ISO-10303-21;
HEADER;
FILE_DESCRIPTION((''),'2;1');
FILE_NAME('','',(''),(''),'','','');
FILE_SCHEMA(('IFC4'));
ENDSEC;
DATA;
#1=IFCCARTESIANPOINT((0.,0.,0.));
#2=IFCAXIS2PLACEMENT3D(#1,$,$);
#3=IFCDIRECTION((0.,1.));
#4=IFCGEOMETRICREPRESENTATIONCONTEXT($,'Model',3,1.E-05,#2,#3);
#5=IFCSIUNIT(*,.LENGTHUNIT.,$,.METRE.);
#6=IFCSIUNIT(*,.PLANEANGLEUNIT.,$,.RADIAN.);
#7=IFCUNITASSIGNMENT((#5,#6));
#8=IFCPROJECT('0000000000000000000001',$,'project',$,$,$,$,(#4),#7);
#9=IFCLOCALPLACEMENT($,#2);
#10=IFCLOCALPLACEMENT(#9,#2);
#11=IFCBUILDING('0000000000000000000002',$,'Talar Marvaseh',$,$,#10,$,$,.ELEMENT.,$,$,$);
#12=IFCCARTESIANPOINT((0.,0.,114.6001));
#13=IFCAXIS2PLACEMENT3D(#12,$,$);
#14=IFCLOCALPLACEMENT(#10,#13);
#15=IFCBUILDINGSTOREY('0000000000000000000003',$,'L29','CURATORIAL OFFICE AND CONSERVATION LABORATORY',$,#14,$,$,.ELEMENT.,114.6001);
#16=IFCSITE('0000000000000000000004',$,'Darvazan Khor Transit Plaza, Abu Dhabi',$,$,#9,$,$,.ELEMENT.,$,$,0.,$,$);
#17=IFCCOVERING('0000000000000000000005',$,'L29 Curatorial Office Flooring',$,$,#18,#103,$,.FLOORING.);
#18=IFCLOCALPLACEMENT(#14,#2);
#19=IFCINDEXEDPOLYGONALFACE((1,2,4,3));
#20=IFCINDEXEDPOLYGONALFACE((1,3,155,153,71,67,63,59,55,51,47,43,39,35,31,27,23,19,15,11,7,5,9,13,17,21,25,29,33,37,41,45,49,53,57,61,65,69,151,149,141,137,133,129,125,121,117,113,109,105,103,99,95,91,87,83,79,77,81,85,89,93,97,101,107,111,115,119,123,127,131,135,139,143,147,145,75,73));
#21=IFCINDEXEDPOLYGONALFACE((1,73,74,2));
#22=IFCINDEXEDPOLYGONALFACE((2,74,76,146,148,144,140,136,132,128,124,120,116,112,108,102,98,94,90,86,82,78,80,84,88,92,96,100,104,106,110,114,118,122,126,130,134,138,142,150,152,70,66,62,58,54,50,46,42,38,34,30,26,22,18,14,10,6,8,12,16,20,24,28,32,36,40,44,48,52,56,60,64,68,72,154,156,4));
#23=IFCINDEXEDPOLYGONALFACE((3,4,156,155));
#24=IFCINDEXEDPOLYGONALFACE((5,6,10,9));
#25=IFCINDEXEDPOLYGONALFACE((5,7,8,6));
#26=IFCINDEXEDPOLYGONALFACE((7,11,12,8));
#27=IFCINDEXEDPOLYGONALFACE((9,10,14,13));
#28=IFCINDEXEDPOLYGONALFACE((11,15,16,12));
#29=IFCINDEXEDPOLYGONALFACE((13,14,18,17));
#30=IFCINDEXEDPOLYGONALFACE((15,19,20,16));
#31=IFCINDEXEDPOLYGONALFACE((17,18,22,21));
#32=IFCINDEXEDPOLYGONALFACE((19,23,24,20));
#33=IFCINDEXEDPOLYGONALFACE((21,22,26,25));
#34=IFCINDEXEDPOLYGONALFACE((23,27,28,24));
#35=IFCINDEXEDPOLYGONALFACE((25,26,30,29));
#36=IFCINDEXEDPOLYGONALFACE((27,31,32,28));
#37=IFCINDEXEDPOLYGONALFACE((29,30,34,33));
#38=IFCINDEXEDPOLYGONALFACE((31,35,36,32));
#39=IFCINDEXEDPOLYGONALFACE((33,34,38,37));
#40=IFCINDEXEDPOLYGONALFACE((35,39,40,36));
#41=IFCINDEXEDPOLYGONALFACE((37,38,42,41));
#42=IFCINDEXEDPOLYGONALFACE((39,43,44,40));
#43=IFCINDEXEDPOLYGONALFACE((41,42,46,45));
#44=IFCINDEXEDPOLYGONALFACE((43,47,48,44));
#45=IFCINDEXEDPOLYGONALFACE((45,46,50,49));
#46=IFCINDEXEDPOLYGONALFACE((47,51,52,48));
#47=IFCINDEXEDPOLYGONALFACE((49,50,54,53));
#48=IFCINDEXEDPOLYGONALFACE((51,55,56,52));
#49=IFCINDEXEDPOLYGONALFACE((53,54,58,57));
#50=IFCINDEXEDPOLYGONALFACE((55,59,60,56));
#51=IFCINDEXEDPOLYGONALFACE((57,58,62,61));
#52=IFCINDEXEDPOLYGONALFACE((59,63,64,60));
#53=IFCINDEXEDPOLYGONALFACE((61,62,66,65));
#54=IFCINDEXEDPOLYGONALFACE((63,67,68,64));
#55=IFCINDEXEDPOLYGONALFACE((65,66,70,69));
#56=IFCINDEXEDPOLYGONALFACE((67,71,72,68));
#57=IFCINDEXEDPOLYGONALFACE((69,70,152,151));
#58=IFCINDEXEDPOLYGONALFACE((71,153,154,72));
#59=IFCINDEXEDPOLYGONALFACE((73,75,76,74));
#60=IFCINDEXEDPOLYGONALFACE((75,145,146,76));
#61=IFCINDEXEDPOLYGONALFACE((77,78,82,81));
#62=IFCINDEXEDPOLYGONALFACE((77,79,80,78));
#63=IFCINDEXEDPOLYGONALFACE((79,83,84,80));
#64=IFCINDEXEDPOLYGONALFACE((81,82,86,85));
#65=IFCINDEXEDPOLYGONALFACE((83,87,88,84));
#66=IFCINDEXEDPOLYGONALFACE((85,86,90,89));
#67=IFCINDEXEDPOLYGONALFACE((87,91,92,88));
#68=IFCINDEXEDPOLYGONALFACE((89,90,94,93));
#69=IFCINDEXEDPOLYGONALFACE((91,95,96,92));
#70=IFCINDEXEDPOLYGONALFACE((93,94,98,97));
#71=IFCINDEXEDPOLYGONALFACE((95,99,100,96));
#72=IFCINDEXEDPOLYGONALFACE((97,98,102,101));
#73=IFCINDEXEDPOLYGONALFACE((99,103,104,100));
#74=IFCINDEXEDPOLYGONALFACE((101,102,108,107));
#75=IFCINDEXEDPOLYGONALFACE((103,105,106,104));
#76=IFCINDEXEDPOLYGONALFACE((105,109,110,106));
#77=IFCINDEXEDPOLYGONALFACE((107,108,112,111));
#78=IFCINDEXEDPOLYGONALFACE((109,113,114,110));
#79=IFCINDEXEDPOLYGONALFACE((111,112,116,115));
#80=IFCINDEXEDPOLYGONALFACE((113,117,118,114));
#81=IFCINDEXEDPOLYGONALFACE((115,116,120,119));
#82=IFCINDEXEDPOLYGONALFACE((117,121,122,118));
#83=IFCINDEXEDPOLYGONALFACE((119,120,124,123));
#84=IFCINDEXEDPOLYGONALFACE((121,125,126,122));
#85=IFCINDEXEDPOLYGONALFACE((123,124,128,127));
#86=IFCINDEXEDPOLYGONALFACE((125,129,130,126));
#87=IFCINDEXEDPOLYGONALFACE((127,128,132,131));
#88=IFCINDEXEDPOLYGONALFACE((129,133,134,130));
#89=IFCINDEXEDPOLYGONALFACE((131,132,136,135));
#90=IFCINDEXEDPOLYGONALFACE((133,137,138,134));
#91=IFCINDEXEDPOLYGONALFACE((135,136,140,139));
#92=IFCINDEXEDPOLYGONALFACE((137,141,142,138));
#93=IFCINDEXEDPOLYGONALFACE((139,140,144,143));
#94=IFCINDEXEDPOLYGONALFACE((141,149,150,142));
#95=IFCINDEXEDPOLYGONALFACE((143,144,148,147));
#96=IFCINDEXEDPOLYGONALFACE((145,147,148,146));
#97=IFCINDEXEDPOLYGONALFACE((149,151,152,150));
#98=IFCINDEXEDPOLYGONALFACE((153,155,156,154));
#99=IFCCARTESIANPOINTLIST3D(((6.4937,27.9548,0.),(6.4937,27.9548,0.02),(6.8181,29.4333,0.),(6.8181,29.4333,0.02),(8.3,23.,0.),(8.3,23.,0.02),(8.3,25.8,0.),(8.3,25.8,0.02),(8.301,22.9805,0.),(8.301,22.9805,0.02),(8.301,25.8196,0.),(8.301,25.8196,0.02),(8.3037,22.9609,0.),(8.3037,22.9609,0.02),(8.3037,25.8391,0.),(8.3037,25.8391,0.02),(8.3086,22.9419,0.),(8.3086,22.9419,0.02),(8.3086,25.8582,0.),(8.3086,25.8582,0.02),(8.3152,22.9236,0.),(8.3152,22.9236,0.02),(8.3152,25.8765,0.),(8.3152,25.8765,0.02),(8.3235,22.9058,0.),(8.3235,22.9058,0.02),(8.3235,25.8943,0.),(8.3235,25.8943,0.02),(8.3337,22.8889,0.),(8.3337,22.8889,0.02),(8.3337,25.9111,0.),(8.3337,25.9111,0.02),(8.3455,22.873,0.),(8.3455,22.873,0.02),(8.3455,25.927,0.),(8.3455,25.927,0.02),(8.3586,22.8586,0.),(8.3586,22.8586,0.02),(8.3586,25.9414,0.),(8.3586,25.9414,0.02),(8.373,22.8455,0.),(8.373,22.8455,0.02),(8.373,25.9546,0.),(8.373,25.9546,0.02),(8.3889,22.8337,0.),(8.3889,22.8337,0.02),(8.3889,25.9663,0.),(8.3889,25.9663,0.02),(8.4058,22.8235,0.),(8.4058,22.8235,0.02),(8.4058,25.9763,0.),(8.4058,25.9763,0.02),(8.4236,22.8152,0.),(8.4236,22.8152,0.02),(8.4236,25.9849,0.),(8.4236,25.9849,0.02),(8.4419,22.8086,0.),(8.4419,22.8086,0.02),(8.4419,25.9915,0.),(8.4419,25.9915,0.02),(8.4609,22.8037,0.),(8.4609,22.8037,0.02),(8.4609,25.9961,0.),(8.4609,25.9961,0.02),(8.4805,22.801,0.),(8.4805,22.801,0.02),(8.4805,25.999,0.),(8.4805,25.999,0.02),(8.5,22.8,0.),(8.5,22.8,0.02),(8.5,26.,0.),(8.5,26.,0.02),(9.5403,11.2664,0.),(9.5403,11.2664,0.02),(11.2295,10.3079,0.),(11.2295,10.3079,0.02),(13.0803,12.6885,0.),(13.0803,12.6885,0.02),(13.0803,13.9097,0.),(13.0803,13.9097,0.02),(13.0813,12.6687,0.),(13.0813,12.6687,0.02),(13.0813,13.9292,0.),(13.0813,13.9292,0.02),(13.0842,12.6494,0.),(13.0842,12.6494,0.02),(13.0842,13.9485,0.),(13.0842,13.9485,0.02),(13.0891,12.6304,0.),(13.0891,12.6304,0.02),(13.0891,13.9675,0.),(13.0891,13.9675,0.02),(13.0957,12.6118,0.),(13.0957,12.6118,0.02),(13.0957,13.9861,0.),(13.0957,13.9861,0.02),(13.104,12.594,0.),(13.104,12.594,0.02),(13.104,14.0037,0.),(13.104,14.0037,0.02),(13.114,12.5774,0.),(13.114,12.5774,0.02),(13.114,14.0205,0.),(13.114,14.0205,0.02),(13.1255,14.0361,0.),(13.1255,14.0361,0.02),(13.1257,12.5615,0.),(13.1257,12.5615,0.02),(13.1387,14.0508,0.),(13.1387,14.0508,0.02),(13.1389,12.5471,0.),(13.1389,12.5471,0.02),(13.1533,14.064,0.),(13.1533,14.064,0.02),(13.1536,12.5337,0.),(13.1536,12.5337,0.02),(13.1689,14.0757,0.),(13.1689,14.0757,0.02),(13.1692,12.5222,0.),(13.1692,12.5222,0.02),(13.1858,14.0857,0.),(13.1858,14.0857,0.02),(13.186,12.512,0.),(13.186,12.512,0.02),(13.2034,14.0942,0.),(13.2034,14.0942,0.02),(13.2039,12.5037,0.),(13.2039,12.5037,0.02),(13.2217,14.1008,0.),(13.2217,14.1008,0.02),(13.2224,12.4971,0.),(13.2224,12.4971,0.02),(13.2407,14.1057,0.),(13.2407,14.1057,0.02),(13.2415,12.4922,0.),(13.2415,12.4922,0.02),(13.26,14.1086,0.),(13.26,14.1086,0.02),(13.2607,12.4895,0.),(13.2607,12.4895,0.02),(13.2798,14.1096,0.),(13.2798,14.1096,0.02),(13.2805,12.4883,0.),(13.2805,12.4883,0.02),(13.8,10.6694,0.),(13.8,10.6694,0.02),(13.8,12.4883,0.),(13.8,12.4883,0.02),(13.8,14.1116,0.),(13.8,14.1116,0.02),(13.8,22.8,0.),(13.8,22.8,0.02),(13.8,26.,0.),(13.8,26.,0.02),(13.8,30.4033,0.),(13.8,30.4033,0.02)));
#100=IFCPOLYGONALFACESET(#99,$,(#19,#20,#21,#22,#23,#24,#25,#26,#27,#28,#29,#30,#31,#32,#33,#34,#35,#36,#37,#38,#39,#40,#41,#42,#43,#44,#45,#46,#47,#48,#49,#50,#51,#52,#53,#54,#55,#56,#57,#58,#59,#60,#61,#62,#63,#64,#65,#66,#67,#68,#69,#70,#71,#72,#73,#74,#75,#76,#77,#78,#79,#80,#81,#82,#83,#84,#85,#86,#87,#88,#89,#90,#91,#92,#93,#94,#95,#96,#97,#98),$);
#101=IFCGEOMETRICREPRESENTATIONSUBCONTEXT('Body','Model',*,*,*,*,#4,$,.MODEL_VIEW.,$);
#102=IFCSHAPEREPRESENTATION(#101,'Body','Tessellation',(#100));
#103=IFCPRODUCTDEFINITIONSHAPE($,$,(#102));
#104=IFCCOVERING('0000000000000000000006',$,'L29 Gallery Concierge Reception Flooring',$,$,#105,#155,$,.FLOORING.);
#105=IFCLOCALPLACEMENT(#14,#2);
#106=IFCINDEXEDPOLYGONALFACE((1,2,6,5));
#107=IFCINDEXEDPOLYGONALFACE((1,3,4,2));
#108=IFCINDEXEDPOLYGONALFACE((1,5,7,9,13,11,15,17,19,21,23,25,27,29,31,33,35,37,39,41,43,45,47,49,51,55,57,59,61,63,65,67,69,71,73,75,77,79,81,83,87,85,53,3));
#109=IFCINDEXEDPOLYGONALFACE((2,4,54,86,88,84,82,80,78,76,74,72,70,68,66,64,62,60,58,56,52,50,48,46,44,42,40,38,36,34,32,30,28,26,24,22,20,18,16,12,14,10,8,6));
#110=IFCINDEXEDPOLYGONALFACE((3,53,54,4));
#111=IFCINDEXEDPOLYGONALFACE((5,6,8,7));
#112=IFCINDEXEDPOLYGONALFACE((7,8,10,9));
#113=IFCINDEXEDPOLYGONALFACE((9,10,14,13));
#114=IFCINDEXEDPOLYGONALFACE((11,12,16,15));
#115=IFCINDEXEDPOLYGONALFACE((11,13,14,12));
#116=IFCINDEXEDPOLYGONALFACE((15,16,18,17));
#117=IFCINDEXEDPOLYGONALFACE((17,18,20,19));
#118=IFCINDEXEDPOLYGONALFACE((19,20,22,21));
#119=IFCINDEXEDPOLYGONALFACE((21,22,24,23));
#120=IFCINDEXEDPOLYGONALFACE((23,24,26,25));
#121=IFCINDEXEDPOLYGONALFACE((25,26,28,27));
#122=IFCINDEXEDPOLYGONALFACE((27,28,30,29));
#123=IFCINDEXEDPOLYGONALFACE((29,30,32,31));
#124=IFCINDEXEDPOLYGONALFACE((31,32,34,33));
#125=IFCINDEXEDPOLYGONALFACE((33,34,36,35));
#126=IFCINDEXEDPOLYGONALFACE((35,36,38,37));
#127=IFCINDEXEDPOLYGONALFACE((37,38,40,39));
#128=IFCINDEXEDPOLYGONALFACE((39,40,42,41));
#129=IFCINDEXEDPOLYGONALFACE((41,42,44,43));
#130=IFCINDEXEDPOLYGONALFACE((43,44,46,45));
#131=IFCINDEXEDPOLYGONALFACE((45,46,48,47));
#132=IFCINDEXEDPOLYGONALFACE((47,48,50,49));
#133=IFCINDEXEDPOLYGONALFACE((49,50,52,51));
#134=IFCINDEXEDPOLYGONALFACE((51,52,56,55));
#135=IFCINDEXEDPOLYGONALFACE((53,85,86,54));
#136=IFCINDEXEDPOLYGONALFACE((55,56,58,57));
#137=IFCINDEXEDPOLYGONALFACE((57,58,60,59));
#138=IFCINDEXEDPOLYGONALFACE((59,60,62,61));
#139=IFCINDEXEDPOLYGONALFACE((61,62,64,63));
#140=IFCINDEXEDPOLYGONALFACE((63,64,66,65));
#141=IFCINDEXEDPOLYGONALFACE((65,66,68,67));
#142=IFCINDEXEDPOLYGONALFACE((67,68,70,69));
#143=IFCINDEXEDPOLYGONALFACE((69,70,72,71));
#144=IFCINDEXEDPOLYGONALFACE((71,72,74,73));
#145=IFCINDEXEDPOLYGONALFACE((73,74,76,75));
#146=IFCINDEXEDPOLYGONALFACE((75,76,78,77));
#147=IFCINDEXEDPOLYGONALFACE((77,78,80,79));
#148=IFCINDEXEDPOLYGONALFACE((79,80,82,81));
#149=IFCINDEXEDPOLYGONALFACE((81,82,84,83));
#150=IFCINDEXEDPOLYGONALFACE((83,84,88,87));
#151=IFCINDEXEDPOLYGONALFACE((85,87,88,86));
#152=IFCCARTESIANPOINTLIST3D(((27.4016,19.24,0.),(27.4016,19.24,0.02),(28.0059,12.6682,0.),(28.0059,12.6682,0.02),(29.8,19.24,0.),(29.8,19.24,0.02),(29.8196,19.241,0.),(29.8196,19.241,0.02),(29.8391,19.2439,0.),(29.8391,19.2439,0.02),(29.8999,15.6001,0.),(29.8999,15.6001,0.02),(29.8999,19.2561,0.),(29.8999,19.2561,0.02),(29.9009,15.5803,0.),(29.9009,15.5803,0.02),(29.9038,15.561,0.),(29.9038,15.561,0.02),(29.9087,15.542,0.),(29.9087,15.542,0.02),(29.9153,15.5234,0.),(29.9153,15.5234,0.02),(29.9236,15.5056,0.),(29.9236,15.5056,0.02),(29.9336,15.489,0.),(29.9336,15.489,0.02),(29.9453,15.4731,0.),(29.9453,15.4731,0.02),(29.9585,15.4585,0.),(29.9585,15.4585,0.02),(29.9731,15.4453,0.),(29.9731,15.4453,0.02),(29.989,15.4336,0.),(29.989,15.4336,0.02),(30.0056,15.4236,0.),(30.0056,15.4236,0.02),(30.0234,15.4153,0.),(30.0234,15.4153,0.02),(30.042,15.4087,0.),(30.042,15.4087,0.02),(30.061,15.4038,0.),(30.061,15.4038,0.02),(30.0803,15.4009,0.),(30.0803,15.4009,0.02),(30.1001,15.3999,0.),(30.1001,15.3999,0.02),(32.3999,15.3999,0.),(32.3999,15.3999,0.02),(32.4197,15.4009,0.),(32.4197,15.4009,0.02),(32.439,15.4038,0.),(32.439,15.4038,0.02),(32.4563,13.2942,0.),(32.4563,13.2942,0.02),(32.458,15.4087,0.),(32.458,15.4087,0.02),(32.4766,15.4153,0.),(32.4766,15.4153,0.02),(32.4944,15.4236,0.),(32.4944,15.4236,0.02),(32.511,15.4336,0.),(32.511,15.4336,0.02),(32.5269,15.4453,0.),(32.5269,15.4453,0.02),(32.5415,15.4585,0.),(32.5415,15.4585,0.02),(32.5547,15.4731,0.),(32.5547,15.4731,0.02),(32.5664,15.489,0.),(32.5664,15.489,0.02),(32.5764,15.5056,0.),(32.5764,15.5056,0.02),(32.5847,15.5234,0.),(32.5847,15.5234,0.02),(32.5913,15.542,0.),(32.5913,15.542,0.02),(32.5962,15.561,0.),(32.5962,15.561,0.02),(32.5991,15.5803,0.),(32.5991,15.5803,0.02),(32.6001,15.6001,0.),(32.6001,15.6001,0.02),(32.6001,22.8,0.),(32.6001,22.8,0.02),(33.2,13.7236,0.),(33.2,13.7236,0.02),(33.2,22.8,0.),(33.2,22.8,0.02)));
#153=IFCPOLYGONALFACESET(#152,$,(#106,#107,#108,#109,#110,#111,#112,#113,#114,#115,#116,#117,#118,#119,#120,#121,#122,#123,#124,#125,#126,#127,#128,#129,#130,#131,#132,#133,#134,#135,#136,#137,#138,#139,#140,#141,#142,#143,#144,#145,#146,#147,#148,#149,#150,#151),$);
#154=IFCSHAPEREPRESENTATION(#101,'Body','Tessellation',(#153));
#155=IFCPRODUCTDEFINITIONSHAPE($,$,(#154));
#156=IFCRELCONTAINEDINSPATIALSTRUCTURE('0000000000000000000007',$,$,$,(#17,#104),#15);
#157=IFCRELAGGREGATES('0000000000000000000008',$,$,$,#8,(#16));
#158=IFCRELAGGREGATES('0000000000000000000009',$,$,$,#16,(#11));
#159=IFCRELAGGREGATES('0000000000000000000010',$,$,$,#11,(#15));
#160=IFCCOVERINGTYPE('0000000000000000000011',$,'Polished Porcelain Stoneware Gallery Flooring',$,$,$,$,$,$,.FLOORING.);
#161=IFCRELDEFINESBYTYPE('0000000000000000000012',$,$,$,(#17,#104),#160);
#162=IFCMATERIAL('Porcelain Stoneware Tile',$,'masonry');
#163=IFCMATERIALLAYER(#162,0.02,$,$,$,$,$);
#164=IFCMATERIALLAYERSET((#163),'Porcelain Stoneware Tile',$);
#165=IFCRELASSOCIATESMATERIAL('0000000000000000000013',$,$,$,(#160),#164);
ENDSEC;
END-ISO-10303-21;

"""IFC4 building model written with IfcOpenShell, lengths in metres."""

from ifc_helpers import new_model, si_unit, direction, frame, origin, place, context, subcontext, project, spatial, polyline, outline, extrude, material, layer, layer_set, type_object, element, save


model = new_model("IFC4")

# Units and contexts
model_context = context("Model", 3, precision=1e-05, world=origin(), true_north=direction((0.0, 1.0)))
body_context = subcontext(model_context, "Body", "Model", "MODEL_VIEW")
ifc_project = project(units=[si_unit("LENGTHUNIT", "METRE"), si_unit("PLANEANGLEUNIT", "RADIAN")], contexts=[model_context])

# Site, building, storey
site_placement = place(None, origin())
site = spatial("IfcSite", under=ifc_project, at=site_placement, Name="Darvazan Khor Transit Plaza, Abu Dhabi", CompositionType="ELEMENT", RefElevation=0.0)
building_placement = place(site_placement, origin())
building = spatial("IfcBuilding", under=site, at=building_placement, Name="Talar Marvaseh", CompositionType="ELEMENT")
storey_placement = place(building_placement, frame((0.0, 0.0, 114.6001)))
storey = spatial("IfcBuildingStorey", under=building, at=storey_placement, Name="L29", Description="CURATORIAL OFFICE AND CONSERVATION LABORATORY", CompositionType="ELEMENT", Elevation=114.6001)

# Coverings
ifc_material_1 = material(Name="Porcelain Stoneware Tile", Category="masonry")
ifc_layer_1 = layer(ifc_material_1, 0.02)
ifc_layer_set_1 = layer_set([ifc_layer_1], Name="Porcelain Stoneware Tile")
covering_type_1 = type_object("IfcCoveringType", Name="Polished Porcelain Stoneware Gallery Flooring", PredefinedType="FLOORING", material=ifc_layer_set_1)
covering_1_placement = place(storey_placement, origin())
element("IfcCovering", 1, at=covering_1_placement, inside=storey, type_object=covering_type_1, Name="L29 Curatorial Office Flooring", PredefinedType="FLOORING", context=body_context, shape_type="SweptSolid", body=[
    extrude(outline(polyline([(6.8181, 29.4333), (13.8, 30.4033), (13.8, 26.0), (8.5, 26.0), (8.4805, 25.999), (8.4609, 25.9961), (8.4419, 25.9915), (8.4236, 25.9849), (8.4058, 25.9763), (8.3889, 25.9663), (8.373, 25.9546), (8.3586, 25.9414), (8.3455, 25.927), (8.3337, 25.9111), (8.3235, 25.8943), (8.3152, 25.8765), (8.3086, 25.8582), (8.3037, 25.8391), (8.301, 25.8196), (8.3, 25.8), (8.3, 23.0), (8.301, 22.9805), (8.3037, 22.9609), (8.3086, 22.9419), (8.3152, 22.9236), (8.3235, 22.9058), (8.3337, 22.8889), (8.3455, 22.873), (8.3586, 22.8586), (8.373, 22.8455), (8.3889, 22.8337), (8.4058, 22.8235), (8.4236, 22.8152), (8.4419, 22.8086), (8.4609, 22.8037), (8.4805, 22.801), (8.5, 22.8), (13.8, 22.8), (13.8, 14.1116), (13.2798, 14.1096), (13.26, 14.1086), (13.2407, 14.1057), (13.2217, 14.1008), (13.2034, 14.0942), (13.1858, 14.0857), (13.1689, 14.0757), (13.1533, 14.064), (13.1387, 14.0508), (13.1255, 14.0361), (13.114, 14.0205), (13.104, 14.0037), (13.0957, 13.9861), (13.0891, 13.9675), (13.0842, 13.9485), (13.0813, 13.9292), (13.0803, 13.9097), (13.0803, 12.6885), (13.0813, 12.6687), (13.0842, 12.6494), (13.0891, 12.6304), (13.0957, 12.6118), (13.104, 12.594), (13.114, 12.5774), (13.1257, 12.5615), (13.1389, 12.5471), (13.1536, 12.5337), (13.1692, 12.5222), (13.186, 12.512), (13.2039, 12.5037), (13.2224, 12.4971), (13.2415, 12.4922), (13.2607, 12.4895), (13.2805, 12.4883), (13.8, 12.4883), (13.8, 10.6694), (11.2295, 10.3079), (9.5403, 11.2664), (6.4937, 27.9548), (6.8181, 29.4333)])), origin(), (0.0, 0.0, 1.0), 0.02),
])
covering_2_placement = place(storey_placement, origin())
element("IfcCovering", 2, at=covering_2_placement, inside=storey, type_object=covering_type_1, Name="L29 Gallery Concierge Reception Flooring", PredefinedType="FLOORING", context=body_context, shape_type="SweptSolid", body=[
    extrude(outline(polyline([(29.9009, 15.5803), (29.9038, 15.561), (29.9087, 15.542), (29.9153, 15.5234), (29.9236, 15.5056), (29.9336, 15.489), (29.9453, 15.4731), (29.9585, 15.4585), (29.9731, 15.4453), (29.989, 15.4336), (30.0056, 15.4236), (30.0234, 15.4153), (30.042, 15.4087), (30.061, 15.4038), (30.0803, 15.4009), (30.1001, 15.3999), (32.3999, 15.3999), (32.4197, 15.4009), (32.439, 15.4038), (32.458, 15.4087), (32.4766, 15.4153), (32.4944, 15.4236), (32.511, 15.4336), (32.5269, 15.4453), (32.5415, 15.4585), (32.5547, 15.4731), (32.5664, 15.489), (32.5764, 15.5056), (32.5847, 15.5234), (32.5913, 15.542), (32.5962, 15.561), (32.5991, 15.5803), (32.6001, 15.6001), (32.6001, 22.8), (33.2, 22.8), (33.2, 13.7236), (32.4563, 13.2942), (28.0059, 12.6682), (27.4016, 19.24), (29.8, 19.24), (29.8196, 19.241), (29.8391, 19.2439), (29.8999, 19.2561), (29.8999, 15.6001), (29.9009, 15.5803)])), origin(), (0.0, 0.0, 1.0), 0.02),
])

save(model, "model.ifc")
